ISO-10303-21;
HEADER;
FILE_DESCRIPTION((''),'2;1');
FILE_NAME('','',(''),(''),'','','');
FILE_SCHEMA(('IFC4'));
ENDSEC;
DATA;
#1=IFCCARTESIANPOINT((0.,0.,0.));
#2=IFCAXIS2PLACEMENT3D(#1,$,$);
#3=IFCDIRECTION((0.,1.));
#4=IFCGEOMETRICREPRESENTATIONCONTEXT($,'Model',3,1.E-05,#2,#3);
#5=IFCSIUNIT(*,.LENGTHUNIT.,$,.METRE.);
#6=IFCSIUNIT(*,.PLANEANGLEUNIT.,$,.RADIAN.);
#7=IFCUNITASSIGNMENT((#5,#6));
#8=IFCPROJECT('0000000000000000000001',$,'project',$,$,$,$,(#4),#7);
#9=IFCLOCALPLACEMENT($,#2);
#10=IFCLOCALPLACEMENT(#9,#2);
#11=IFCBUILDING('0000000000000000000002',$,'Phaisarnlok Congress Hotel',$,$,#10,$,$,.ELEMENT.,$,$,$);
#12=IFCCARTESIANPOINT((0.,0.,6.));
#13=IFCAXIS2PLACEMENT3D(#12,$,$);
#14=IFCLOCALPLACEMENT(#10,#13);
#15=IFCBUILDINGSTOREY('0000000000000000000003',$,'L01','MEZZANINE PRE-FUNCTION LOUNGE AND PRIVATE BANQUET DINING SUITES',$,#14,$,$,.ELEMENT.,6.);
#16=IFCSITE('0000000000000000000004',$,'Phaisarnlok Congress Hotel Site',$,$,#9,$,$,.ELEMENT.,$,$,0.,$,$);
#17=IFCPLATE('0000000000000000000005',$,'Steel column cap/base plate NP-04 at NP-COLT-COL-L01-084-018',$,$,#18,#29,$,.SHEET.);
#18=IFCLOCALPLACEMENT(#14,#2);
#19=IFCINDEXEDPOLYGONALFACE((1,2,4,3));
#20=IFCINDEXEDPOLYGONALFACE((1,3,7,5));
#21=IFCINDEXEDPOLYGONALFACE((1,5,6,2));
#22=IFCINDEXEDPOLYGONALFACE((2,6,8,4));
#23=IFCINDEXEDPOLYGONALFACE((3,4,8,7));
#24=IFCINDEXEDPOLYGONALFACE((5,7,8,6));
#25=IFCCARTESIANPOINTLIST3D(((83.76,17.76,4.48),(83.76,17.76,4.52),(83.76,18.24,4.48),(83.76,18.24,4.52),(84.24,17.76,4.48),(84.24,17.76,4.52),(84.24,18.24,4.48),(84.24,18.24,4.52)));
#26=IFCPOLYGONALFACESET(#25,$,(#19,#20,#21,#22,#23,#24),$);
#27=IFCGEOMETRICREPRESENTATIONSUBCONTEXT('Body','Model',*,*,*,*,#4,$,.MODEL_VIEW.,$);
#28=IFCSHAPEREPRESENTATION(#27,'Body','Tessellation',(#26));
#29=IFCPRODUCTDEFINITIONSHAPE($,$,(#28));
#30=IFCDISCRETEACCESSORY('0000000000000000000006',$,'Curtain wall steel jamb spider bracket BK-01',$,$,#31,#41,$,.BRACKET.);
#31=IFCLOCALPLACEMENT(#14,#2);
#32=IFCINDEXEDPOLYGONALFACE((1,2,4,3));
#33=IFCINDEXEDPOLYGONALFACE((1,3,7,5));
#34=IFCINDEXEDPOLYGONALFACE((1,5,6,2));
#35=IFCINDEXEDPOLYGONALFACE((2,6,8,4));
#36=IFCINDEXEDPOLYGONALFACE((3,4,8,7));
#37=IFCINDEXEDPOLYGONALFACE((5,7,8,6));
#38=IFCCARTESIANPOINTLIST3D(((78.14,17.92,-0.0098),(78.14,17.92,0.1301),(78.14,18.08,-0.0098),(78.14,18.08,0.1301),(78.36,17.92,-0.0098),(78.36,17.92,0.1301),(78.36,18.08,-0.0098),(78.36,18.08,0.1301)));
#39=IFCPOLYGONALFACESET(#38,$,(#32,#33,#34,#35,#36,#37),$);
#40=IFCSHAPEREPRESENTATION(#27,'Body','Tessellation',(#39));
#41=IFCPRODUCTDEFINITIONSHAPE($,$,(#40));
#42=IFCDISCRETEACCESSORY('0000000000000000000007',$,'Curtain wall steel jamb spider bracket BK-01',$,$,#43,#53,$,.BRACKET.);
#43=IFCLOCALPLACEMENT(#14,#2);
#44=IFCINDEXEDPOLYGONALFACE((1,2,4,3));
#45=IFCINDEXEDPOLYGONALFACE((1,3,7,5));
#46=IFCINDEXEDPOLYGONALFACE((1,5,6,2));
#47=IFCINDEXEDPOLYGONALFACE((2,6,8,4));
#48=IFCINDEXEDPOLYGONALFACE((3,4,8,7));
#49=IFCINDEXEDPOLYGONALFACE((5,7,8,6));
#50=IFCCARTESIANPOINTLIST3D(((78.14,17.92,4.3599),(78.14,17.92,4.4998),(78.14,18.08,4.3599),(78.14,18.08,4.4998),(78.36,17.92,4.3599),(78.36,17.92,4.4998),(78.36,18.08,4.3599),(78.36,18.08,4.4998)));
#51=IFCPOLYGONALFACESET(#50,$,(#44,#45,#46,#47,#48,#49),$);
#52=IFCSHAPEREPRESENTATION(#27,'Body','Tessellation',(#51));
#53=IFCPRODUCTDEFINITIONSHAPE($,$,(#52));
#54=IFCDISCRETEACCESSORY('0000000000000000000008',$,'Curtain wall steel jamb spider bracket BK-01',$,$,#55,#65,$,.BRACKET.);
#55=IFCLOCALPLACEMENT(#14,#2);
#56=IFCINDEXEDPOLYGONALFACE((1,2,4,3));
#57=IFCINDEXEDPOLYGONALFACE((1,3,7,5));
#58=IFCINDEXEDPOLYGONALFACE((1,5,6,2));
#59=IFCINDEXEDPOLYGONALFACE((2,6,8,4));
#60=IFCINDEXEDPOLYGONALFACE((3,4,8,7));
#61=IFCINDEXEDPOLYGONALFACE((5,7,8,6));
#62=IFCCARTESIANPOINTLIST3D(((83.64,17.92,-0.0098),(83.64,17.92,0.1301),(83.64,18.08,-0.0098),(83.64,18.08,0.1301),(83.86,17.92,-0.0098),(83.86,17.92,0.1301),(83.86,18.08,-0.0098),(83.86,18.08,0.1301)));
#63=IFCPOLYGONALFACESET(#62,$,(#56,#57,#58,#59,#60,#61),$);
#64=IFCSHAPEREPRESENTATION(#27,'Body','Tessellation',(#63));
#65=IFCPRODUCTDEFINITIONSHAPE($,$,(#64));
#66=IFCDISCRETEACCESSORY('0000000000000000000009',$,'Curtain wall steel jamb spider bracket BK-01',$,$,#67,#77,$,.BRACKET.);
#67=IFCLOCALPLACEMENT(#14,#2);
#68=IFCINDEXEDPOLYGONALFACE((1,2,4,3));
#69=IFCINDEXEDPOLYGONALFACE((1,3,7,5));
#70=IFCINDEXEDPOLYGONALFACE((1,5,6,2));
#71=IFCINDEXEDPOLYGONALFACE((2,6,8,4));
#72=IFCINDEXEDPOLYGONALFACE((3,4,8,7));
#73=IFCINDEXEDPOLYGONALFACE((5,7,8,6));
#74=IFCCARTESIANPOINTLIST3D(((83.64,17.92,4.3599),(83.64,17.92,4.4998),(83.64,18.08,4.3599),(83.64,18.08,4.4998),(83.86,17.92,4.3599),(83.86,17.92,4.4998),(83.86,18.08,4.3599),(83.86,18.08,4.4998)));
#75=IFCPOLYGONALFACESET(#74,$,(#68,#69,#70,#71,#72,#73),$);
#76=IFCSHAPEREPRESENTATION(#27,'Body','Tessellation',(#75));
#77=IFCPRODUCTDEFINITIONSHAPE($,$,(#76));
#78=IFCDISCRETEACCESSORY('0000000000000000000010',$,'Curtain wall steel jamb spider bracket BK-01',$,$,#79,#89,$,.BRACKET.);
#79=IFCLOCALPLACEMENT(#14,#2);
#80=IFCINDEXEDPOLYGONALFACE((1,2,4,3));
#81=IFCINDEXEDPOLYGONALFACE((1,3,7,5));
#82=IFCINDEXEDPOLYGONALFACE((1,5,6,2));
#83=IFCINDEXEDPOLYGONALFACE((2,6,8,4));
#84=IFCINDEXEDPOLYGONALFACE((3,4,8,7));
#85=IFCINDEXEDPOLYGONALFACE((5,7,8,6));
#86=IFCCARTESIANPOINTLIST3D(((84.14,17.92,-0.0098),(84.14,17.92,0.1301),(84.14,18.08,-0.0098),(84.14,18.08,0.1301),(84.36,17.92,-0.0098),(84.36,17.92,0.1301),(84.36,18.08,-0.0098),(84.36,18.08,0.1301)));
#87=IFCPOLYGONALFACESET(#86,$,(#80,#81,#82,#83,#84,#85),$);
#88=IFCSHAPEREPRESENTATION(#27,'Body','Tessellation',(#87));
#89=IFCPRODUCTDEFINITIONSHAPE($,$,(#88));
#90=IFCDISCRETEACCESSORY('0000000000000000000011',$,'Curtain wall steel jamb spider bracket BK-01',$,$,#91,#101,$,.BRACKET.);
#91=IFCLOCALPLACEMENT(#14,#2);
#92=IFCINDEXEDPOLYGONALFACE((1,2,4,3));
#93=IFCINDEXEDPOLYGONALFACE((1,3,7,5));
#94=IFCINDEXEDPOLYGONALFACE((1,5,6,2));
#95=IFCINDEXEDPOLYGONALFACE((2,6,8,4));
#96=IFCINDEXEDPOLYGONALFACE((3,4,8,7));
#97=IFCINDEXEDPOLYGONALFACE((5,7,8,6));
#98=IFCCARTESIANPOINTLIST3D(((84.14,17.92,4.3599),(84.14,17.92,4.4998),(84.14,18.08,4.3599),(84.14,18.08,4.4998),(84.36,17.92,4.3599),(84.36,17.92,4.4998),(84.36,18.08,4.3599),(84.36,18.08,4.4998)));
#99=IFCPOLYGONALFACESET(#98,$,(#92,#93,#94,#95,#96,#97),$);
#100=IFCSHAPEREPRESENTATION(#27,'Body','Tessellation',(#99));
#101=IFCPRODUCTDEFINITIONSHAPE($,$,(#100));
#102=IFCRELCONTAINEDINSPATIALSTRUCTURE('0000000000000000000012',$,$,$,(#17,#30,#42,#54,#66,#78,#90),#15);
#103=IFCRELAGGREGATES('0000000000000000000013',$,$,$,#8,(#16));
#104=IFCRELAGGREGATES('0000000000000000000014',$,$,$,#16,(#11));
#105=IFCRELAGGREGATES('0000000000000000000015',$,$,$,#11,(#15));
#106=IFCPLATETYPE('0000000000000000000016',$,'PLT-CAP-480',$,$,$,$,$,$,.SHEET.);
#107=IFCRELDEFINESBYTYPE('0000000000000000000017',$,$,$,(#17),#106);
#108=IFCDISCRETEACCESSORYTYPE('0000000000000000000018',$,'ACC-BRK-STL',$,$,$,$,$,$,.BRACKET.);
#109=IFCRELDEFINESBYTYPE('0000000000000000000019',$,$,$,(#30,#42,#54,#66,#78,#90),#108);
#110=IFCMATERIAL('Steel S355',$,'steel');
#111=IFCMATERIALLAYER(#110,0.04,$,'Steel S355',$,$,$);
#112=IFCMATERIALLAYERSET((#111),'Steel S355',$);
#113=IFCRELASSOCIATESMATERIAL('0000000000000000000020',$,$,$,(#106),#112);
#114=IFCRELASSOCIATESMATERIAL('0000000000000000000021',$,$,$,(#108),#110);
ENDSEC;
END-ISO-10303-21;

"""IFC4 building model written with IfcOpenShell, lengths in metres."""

from ifc_helpers import new_model, si_unit, direction, frame, origin, origin_2d, place, context, subcontext, project, spatial, rectangle, extrude, material, layer, layer_set, type_object, element, save


model = new_model("IFC4")

# Units and contexts
model_context = context("Model", 3, precision=1e-05, world=origin(), true_north=direction((0.0, 1.0)))
body_context = subcontext(model_context, "Body", "Model", "MODEL_VIEW")
ifc_project = project(units=[si_unit("LENGTHUNIT", "METRE"), si_unit("PLANEANGLEUNIT", "RADIAN")], contexts=[model_context])

# Site, building, storey
site_placement = place(None, origin())
site = spatial("IfcSite", under=ifc_project, at=site_placement, Name="Phaisarnlok Congress Hotel Site", CompositionType="ELEMENT", RefElevation=0.0)
building_placement = place(site_placement, origin())
building = spatial("IfcBuilding", under=site, at=building_placement, Name="Phaisarnlok Congress Hotel", CompositionType="ELEMENT")
storey_placement = place(building_placement, frame((0.0, 0.0, 6.0)))
storey = spatial("IfcBuildingStorey", under=building, at=storey_placement, Name="L01", Description="MEZZANINE PRE-FUNCTION LOUNGE AND PRIVATE BANQUET DINING SUITES", CompositionType="ELEMENT", Elevation=6.0)

# Shared definitions
ifc_material_1 = material(Name="Steel S355", Category="steel")

# Plate
ifc_layer_1 = layer(ifc_material_1, 0.04, Name="Steel S355")
ifc_layer_set_1 = layer_set([ifc_layer_1], Name="Steel S355")
plate_type_1 = type_object("IfcPlateType", Name="PLT-CAP-480", PredefinedType="SHEET", material=ifc_layer_set_1)
for number, where, z_axis, x_axis, name in (
    (1, (84.0, 18.0, 4.48), (0.0, 0.0, 1.0), (1.0, 0.0, 0.0), "Steel column cap/base plate NP-04 at NP-COLT-COL-L01-084-018"),
):
    element("IfcPlate", number, at=place(storey_placement, frame(where, z_axis=z_axis, x_axis=x_axis)), inside=storey, type_object=plate_type_1, Name=name, PredefinedType="SHEET", context=body_context, shape_type="SweptSolid", body=[
        extrude(rectangle(XDim=0.48, YDim=0.48, at=origin_2d()), origin(), (0.0, 0.0, 1.0), 0.04),
    ])

# Discrete accessories
discrete_accessory_type = type_object("IfcDiscreteAccessoryType", Name="ACC-BRK-STL", PredefinedType="BRACKET", material=ifc_material_1)
for number, where, z_axis, x_axis, name in (
    (2, (78.25, 18.0, -0.0098), (0.0, 0.0, 1.0), (1.0, 0.0, 0.0), "Curtain wall steel jamb spider bracket BK-01"),
    (3, (78.25, 18.0, 4.3599), (0.0, 0.0, 1.0), (1.0, 0.0, 0.0), "Curtain wall steel jamb spider bracket BK-01"),
    (4, (83.75, 18.0, -0.0098), (0.0, 0.0, 1.0), (1.0, 0.0, 0.0), "Curtain wall steel jamb spider bracket BK-01"),
    (5, (83.75, 18.0, 4.3599), (0.0, 0.0, 1.0), (1.0, 0.0, 0.0), "Curtain wall steel jamb spider bracket BK-01"),
    (6, (84.25, 18.0, -0.0098), (0.0, 0.0, 1.0), (1.0, 0.0, 0.0), "Curtain wall steel jamb spider bracket BK-01"),
    (7, (84.25, 18.0, 4.3599), (0.0, 0.0, 1.0), (1.0, 0.0, 0.0), "Curtain wall steel jamb spider bracket BK-01"),
):
    element("IfcDiscreteAccessory", number, at=place(storey_placement, frame(where, z_axis=z_axis, x_axis=x_axis)), inside=storey, type_object=discrete_accessory_type, Name=name, PredefinedType="BRACKET", context=body_context, shape_type="SweptSolid", body=[
        extrude(rectangle(XDim=0.22, YDim=0.1599, at=origin_2d()), origin(), (0.0, 0.0, 1.0), 0.1399),
    ])

save(model, "model.ifc")
